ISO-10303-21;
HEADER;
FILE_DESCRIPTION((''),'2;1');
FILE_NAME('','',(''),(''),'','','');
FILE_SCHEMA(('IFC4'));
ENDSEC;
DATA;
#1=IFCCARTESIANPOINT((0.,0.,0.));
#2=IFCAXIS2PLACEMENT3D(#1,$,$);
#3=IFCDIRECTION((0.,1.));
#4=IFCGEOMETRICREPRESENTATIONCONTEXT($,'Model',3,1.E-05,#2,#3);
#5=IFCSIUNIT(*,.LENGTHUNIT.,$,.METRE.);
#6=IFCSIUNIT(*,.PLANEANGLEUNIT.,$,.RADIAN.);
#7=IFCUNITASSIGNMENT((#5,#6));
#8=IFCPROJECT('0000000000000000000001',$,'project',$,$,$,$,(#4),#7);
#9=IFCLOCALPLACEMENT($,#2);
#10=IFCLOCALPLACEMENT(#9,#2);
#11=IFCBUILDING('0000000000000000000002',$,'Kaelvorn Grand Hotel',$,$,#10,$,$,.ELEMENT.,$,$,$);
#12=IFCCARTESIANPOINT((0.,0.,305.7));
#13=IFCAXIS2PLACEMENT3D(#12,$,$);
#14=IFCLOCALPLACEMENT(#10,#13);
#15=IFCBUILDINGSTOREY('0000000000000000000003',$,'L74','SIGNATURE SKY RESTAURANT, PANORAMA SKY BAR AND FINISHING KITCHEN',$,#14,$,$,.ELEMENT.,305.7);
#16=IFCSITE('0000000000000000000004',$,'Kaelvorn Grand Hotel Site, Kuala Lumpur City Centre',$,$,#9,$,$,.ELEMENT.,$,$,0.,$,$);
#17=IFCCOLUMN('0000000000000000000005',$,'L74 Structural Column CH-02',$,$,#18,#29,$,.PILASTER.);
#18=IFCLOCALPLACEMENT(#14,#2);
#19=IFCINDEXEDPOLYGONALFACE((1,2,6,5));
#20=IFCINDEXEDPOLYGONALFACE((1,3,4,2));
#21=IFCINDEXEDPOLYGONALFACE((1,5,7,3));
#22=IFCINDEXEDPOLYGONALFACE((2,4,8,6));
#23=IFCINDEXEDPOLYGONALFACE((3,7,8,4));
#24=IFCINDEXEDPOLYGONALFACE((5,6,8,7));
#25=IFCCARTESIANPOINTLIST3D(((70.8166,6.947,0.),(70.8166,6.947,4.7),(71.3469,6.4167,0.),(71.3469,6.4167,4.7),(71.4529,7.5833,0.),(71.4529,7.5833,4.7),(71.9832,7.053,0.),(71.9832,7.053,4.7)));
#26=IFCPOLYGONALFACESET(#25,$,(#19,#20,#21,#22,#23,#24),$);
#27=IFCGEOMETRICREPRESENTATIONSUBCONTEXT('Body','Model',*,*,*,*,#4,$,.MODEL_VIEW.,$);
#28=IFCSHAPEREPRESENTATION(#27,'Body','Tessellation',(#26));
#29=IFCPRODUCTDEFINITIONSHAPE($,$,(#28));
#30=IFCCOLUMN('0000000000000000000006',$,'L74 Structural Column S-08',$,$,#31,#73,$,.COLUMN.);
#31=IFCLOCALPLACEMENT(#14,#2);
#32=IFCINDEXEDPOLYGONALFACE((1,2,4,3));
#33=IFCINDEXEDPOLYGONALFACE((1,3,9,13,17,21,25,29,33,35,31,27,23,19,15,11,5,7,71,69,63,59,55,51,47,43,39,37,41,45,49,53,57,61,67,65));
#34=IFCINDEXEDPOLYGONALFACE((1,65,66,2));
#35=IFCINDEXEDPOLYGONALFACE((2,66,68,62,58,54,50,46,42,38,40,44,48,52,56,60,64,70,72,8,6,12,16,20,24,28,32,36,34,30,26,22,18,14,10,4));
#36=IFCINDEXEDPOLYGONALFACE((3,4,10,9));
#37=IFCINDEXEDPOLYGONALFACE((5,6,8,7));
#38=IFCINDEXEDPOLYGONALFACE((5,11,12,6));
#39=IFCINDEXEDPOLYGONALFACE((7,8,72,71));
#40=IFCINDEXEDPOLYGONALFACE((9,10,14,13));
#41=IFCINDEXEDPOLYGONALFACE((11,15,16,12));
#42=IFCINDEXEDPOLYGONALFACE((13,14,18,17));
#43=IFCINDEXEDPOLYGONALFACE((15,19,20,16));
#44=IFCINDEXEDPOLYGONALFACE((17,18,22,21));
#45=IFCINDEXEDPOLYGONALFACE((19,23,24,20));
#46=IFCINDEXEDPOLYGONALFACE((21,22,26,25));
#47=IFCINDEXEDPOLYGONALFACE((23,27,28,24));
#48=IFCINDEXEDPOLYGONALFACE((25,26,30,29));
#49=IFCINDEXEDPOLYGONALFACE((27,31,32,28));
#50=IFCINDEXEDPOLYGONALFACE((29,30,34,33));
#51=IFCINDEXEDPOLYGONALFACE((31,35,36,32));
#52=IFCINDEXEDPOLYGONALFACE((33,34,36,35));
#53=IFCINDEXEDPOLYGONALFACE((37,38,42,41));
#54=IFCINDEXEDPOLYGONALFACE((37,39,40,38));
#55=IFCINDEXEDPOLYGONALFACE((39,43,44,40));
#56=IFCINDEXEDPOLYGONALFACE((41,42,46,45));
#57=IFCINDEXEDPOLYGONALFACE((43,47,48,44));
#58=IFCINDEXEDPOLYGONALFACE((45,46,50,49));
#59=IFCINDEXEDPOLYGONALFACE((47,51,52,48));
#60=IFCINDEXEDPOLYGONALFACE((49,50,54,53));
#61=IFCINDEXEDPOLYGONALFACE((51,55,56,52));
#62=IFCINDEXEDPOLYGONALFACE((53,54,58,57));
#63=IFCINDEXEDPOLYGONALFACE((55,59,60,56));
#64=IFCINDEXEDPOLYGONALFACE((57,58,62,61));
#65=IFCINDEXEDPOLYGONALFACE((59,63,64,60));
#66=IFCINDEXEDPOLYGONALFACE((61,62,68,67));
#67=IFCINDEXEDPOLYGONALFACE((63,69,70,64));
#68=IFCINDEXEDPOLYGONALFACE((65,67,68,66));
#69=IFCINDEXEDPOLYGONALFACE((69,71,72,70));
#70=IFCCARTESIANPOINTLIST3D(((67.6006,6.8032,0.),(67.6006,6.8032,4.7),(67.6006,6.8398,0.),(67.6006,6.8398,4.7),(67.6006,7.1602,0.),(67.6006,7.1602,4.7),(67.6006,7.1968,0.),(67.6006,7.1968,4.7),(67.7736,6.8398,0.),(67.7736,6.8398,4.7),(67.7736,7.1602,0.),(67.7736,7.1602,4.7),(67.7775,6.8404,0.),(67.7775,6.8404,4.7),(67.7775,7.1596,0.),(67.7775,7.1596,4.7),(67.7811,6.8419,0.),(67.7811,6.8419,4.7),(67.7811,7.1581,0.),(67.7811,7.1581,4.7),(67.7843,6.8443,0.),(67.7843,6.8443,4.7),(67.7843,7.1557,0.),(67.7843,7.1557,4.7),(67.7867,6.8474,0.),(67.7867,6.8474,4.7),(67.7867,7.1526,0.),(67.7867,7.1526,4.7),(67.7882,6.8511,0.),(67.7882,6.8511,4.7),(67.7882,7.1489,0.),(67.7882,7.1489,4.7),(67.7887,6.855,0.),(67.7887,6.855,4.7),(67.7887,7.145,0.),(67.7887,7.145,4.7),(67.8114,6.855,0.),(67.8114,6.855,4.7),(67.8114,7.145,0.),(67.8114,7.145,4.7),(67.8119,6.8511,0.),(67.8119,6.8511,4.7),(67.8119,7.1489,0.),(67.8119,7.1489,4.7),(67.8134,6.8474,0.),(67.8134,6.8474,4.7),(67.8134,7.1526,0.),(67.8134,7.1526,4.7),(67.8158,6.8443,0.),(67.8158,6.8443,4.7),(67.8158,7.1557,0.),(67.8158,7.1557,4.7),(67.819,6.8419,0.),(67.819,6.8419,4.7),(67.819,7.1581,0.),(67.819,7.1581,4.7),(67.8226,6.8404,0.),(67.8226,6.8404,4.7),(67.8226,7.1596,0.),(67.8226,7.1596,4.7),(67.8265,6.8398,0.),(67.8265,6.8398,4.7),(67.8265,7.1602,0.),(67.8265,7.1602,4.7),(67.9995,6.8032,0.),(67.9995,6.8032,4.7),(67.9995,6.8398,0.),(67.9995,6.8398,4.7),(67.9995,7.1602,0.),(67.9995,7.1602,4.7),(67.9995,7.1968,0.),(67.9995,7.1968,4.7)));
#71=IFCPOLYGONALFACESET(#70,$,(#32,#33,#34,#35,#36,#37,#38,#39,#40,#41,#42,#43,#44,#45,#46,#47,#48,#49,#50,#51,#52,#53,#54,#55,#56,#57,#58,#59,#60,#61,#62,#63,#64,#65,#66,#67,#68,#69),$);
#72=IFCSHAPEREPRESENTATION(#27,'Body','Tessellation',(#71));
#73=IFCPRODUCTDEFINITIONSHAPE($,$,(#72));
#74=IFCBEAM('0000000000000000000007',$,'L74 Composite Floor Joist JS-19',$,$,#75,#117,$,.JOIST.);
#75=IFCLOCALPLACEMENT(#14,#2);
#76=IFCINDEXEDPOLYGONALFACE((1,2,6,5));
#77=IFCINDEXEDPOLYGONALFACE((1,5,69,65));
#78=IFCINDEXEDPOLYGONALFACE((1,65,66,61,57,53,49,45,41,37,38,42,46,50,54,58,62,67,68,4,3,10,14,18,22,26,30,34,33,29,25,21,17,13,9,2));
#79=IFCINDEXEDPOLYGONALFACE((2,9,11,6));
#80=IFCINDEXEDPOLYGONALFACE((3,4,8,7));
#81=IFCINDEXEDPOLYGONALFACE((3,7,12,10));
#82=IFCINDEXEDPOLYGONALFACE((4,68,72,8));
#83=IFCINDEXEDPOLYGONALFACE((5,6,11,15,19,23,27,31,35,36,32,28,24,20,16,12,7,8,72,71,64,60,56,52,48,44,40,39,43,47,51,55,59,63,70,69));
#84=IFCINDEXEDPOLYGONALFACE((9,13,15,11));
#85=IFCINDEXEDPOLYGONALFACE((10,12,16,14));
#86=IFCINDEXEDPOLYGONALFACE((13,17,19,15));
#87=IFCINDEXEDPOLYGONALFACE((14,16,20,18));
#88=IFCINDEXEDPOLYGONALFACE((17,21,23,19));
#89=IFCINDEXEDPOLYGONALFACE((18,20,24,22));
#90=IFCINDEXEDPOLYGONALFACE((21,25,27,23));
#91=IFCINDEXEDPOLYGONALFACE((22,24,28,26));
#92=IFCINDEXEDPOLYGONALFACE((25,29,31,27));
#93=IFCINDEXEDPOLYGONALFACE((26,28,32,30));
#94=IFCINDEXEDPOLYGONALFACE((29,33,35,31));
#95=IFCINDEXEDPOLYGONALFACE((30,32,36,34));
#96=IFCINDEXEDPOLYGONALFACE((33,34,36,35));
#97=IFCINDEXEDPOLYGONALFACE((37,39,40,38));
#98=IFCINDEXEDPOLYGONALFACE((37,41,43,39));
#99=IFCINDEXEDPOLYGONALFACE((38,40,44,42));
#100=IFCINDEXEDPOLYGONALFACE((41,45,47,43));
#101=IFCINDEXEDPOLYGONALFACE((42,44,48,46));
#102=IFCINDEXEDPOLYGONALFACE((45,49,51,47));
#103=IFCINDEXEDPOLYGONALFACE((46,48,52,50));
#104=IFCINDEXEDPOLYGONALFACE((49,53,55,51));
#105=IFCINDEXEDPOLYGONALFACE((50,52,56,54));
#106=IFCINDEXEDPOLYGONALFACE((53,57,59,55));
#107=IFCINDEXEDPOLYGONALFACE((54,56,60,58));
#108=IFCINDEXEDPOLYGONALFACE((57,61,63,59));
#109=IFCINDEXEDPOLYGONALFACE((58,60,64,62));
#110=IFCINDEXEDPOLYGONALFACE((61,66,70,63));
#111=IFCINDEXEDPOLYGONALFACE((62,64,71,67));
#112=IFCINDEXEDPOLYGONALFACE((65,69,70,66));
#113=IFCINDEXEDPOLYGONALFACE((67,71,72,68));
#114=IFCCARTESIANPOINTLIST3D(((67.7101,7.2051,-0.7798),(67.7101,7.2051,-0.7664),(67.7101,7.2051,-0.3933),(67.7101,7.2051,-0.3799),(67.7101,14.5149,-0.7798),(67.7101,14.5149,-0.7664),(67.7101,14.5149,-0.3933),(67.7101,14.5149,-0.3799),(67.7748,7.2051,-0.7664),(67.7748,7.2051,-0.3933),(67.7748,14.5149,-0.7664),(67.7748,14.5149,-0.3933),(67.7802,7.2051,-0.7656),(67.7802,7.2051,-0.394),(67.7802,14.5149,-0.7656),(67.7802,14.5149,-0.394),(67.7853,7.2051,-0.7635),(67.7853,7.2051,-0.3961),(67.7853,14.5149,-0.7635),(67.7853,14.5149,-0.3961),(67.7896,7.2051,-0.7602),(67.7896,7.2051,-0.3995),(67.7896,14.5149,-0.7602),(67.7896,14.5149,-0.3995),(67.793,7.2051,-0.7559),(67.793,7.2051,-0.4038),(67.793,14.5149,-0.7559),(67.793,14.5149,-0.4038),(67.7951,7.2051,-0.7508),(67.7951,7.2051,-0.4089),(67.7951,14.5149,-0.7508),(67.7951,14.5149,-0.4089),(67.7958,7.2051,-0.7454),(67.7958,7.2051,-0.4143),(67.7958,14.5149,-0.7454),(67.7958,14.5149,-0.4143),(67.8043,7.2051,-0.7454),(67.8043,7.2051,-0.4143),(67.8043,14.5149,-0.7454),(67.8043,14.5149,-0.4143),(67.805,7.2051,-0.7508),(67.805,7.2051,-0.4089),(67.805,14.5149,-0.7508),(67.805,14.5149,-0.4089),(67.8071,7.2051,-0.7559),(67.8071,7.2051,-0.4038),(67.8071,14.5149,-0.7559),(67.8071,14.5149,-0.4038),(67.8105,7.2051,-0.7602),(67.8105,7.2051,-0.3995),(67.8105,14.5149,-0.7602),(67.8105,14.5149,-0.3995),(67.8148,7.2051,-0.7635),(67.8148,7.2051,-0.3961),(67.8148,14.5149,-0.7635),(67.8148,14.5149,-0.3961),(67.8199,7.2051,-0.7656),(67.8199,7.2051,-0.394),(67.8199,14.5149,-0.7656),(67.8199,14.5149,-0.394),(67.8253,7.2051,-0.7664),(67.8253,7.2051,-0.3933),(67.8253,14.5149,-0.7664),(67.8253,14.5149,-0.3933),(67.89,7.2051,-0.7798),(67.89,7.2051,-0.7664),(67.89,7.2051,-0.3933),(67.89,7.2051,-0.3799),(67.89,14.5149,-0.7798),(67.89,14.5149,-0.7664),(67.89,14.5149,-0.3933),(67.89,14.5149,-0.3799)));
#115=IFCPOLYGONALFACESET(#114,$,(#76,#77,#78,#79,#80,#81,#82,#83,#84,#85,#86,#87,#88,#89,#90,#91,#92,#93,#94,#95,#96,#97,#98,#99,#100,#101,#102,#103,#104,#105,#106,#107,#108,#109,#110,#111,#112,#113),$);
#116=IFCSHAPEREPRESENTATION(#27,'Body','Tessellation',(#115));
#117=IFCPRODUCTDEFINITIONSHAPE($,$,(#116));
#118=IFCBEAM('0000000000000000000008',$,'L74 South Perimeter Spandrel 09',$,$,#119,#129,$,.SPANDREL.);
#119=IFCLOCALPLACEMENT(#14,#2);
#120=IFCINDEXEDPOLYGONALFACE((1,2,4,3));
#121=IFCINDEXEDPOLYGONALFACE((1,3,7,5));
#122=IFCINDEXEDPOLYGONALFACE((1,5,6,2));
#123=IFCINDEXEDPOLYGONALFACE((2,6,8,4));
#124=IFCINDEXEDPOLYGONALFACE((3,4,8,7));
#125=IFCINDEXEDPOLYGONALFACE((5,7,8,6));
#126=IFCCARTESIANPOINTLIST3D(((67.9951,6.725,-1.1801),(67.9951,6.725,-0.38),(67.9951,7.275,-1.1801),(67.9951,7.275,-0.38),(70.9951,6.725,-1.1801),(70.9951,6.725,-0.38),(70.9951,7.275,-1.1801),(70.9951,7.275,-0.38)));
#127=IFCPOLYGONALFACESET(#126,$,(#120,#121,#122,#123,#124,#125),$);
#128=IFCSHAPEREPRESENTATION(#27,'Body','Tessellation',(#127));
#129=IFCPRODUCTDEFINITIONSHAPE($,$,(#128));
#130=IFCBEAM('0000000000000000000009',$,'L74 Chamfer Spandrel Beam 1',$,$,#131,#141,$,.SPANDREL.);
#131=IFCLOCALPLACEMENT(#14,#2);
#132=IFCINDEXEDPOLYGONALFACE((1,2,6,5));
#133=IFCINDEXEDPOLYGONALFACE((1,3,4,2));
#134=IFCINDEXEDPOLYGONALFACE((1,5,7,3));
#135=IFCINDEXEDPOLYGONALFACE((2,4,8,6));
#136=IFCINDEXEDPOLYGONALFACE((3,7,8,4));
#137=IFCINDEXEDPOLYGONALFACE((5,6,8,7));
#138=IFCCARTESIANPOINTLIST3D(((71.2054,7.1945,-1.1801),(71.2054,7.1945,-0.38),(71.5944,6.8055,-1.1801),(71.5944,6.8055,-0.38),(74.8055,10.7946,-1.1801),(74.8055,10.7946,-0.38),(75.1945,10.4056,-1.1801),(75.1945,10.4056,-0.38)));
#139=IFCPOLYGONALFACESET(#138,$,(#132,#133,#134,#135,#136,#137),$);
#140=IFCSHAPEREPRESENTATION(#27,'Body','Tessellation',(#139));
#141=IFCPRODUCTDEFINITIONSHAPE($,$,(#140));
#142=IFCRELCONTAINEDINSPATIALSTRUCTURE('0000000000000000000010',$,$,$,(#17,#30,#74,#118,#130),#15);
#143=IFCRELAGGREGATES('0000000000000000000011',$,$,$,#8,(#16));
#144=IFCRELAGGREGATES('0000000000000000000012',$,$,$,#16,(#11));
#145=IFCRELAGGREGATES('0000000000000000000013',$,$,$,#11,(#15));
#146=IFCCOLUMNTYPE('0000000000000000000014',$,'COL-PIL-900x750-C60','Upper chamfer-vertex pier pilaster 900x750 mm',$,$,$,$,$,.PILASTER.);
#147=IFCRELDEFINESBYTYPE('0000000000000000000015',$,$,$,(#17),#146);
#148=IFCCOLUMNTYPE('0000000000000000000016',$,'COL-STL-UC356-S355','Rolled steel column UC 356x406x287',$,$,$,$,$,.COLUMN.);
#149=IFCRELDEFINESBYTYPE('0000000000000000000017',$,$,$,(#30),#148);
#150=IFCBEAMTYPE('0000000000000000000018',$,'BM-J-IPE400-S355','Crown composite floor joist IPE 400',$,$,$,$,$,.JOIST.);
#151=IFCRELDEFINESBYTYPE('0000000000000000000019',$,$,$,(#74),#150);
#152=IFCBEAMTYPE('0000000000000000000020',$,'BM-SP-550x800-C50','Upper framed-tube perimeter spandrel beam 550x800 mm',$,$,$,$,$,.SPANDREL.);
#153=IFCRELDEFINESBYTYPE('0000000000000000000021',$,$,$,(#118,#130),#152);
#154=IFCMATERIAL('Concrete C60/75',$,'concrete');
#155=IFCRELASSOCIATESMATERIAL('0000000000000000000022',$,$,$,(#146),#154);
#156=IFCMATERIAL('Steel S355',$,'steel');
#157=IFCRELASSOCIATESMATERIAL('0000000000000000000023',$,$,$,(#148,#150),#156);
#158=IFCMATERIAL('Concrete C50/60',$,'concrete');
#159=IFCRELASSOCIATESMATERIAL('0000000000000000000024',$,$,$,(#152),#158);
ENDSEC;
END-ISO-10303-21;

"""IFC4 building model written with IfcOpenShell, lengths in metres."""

from ifc_helpers import new_model, si_unit, direction, frame, origin, origin_2d, place, context, subcontext, project, spatial, rectangle, i_section, extrude, material, material_profile, profile_set, type_object, element, save


model = new_model("IFC4")

# Units and contexts
model_context = context("Model", 3, precision=1e-05, world=origin(), true_north=direction((0.0, 1.0)))
body_context = subcontext(model_context, "Body", "Model", "MODEL_VIEW")
ifc_project = project(units=[si_unit("LENGTHUNIT", "METRE"), si_unit("PLANEANGLEUNIT", "RADIAN")], contexts=[model_context])

# Site, building, storey
site_placement = place(None, origin())
site = spatial("IfcSite", under=ifc_project, at=site_placement, Name="Kaelvorn Grand Hotel Site, Kuala Lumpur City Centre", CompositionType="ELEMENT", RefElevation=0.0)
building_placement = place(site_placement, origin())
building = spatial("IfcBuilding", under=site, at=building_placement, Name="Kaelvorn Grand Hotel", CompositionType="ELEMENT")
storey_placement = place(building_placement, frame((0.0, 0.0, 305.7)))
storey = spatial("IfcBuildingStorey", under=building, at=storey_placement, Name="L74", Description="SIGNATURE SKY RESTAURANT, PANORAMA SKY BAR AND FINISHING KITCHEN", CompositionType="ELEMENT", Elevation=305.7)

# Columns
ifc_material_1 = material(Name="Concrete C60/75", Category="concrete")
ifc_material_profile_1 = material_profile(ifc_material_1, rectangle(XDim=0.8999, YDim=0.75, at=origin_2d()), Name="RC PILASTER 900x750")
ifc_profile_set_1 = profile_set([ifc_material_profile_1], Name="Concrete C60/75")
column_type_1 = type_object("IfcColumnType", Name="COL-PIL-900x750-C60", Description="Upper chamfer-vertex pier pilaster 900x750 mm", PredefinedType="PILASTER", material=ifc_profile_set_1)
column_1_placement = place(storey_placement, frame((71.3999, 7.0, 0.0), z_axis=(0.0, 0.0, 1.0), x_axis=(0.707107, 0.707107, 0.0)))
element("IfcColumn", 1, at=column_1_placement, inside=storey, type_object=column_type_1, Name="L74 Structural Column CH-02", PredefinedType="PILASTER", context=body_context, shape_type="SweptSolid", body=[
    extrude(rectangle(XDim=0.8999, YDim=0.75, at=origin_2d()), origin(), (0.0, 0.0, 1.0), 4.7),
])
ifc_material_2 = material(Name="Steel S355", Category="steel")
ifc_material_profile_2 = material_profile(ifc_material_2, i_section(OverallWidth=0.3989, OverallDepth=0.3936, WebThickness=0.0227, FlangeThickness=0.0366, FilletRadius=0.0151, at=origin_2d()), Name="UC 356x406x287")
ifc_profile_set_2 = profile_set([ifc_material_profile_2], Name="Steel S355")
column_type_2 = type_object("IfcColumnType", Name="COL-STL-UC356-S355", Description="Rolled steel column UC 356x406x287", PredefinedType="COLUMN", material=ifc_profile_set_2)
column_2_placement = place(storey_placement, frame((67.8, 7.0, 0.0), z_axis=(0.0, 0.0, 1.0), x_axis=(1.0, 0.0, 0.0)))
element("IfcColumn", 2, at=column_2_placement, inside=storey, type_object=column_type_2, Name="L74 Structural Column S-08", PredefinedType="COLUMN", context=body_context, shape_type="SweptSolid", body=[
    extrude(i_section(OverallWidth=0.3989, OverallDepth=0.3936, WebThickness=0.0227, FlangeThickness=0.0366, FilletRadius=0.0151, at=origin_2d()), origin(), (0.0, 0.0, 1.0), 4.7),
])

# Beams
ifc_material_profile_3 = material_profile(ifc_material_2, i_section(OverallWidth=0.1799, OverallDepth=0.3999, WebThickness=0.0085, FlangeThickness=0.0134, FilletRadius=0.021, at=origin_2d()), Name="IPE 400")
ifc_profile_set_3 = profile_set([ifc_material_profile_3], Name="Steel S355")
beam_type_1 = type_object("IfcBeamType", Name="BM-J-IPE400-S355", Description="Crown composite floor joist IPE 400", PredefinedType="JOIST", material=ifc_profile_set_3)
beam_1_placement = place(storey_placement, frame((67.8, 7.2051, -0.5798), z_axis=(0.0, 1.0, 0.0), x_axis=(-1.0, 0.0, 0.0)))
element("IfcBeam", 3, at=beam_1_placement, inside=storey, type_object=beam_type_1, Name="L74 Composite Floor Joist JS-19", PredefinedType="JOIST", context=body_context, shape_type="SweptSolid", body=[
    extrude(i_section(OverallWidth=0.1799, OverallDepth=0.3999, WebThickness=0.0085, FlangeThickness=0.0134, FilletRadius=0.021, at=origin_2d()), origin(), (0.0, 0.0, 1.0), 7.3098),
])
ifc_material_3 = material(Name="Concrete C50/60", Category="concrete")
ifc_material_profile_4 = material_profile(ifc_material_3, rectangle(XDim=0.55, YDim=0.8, at=origin_2d()), Name="RC SPANDREL 550x800")
ifc_profile_set_4 = profile_set([ifc_material_profile_4], Name="Concrete C50/60")
beam_type_2 = type_object("IfcBeamType", Name="BM-SP-550x800-C50", Description="Upper framed-tube perimeter spandrel beam 550x800 mm", PredefinedType="SPANDREL", material=ifc_profile_set_4)
beam_2_placement = place(storey_placement, frame((67.9951, 7.0, -0.78), z_axis=(1.0, 0.0, 0.0), x_axis=(0.0, 1.0, 0.0)))
element("IfcBeam", 4, at=beam_2_placement, inside=storey, type_object=beam_type_2, Name="L74 South Perimeter Spandrel 09", PredefinedType="SPANDREL", context=body_context, shape_type="SweptSolid", body=[
    extrude(rectangle(XDim=0.55, YDim=0.8, at=origin_2d()), origin(), (0.0, 0.0, 1.0), 3.0),
])
beam_3_placement = place(storey_placement, frame((71.3999, 7.0, -0.78), z_axis=(0.707107, 0.707107, 0.0), x_axis=(-0.707107, 0.707107, 0.0)))
element("IfcBeam", 5, at=beam_3_placement, inside=storey, type_object=beam_type_2, Name="L74 Chamfer Spandrel Beam 1", PredefinedType="SPANDREL", context=body_context, shape_type="SweptSolid", body=[
    extrude(rectangle(XDim=0.55, YDim=0.8, at=origin_2d()), origin(), (0.0, 0.0, 1.0), 5.0913),
])

save(model, "model.ifc")
